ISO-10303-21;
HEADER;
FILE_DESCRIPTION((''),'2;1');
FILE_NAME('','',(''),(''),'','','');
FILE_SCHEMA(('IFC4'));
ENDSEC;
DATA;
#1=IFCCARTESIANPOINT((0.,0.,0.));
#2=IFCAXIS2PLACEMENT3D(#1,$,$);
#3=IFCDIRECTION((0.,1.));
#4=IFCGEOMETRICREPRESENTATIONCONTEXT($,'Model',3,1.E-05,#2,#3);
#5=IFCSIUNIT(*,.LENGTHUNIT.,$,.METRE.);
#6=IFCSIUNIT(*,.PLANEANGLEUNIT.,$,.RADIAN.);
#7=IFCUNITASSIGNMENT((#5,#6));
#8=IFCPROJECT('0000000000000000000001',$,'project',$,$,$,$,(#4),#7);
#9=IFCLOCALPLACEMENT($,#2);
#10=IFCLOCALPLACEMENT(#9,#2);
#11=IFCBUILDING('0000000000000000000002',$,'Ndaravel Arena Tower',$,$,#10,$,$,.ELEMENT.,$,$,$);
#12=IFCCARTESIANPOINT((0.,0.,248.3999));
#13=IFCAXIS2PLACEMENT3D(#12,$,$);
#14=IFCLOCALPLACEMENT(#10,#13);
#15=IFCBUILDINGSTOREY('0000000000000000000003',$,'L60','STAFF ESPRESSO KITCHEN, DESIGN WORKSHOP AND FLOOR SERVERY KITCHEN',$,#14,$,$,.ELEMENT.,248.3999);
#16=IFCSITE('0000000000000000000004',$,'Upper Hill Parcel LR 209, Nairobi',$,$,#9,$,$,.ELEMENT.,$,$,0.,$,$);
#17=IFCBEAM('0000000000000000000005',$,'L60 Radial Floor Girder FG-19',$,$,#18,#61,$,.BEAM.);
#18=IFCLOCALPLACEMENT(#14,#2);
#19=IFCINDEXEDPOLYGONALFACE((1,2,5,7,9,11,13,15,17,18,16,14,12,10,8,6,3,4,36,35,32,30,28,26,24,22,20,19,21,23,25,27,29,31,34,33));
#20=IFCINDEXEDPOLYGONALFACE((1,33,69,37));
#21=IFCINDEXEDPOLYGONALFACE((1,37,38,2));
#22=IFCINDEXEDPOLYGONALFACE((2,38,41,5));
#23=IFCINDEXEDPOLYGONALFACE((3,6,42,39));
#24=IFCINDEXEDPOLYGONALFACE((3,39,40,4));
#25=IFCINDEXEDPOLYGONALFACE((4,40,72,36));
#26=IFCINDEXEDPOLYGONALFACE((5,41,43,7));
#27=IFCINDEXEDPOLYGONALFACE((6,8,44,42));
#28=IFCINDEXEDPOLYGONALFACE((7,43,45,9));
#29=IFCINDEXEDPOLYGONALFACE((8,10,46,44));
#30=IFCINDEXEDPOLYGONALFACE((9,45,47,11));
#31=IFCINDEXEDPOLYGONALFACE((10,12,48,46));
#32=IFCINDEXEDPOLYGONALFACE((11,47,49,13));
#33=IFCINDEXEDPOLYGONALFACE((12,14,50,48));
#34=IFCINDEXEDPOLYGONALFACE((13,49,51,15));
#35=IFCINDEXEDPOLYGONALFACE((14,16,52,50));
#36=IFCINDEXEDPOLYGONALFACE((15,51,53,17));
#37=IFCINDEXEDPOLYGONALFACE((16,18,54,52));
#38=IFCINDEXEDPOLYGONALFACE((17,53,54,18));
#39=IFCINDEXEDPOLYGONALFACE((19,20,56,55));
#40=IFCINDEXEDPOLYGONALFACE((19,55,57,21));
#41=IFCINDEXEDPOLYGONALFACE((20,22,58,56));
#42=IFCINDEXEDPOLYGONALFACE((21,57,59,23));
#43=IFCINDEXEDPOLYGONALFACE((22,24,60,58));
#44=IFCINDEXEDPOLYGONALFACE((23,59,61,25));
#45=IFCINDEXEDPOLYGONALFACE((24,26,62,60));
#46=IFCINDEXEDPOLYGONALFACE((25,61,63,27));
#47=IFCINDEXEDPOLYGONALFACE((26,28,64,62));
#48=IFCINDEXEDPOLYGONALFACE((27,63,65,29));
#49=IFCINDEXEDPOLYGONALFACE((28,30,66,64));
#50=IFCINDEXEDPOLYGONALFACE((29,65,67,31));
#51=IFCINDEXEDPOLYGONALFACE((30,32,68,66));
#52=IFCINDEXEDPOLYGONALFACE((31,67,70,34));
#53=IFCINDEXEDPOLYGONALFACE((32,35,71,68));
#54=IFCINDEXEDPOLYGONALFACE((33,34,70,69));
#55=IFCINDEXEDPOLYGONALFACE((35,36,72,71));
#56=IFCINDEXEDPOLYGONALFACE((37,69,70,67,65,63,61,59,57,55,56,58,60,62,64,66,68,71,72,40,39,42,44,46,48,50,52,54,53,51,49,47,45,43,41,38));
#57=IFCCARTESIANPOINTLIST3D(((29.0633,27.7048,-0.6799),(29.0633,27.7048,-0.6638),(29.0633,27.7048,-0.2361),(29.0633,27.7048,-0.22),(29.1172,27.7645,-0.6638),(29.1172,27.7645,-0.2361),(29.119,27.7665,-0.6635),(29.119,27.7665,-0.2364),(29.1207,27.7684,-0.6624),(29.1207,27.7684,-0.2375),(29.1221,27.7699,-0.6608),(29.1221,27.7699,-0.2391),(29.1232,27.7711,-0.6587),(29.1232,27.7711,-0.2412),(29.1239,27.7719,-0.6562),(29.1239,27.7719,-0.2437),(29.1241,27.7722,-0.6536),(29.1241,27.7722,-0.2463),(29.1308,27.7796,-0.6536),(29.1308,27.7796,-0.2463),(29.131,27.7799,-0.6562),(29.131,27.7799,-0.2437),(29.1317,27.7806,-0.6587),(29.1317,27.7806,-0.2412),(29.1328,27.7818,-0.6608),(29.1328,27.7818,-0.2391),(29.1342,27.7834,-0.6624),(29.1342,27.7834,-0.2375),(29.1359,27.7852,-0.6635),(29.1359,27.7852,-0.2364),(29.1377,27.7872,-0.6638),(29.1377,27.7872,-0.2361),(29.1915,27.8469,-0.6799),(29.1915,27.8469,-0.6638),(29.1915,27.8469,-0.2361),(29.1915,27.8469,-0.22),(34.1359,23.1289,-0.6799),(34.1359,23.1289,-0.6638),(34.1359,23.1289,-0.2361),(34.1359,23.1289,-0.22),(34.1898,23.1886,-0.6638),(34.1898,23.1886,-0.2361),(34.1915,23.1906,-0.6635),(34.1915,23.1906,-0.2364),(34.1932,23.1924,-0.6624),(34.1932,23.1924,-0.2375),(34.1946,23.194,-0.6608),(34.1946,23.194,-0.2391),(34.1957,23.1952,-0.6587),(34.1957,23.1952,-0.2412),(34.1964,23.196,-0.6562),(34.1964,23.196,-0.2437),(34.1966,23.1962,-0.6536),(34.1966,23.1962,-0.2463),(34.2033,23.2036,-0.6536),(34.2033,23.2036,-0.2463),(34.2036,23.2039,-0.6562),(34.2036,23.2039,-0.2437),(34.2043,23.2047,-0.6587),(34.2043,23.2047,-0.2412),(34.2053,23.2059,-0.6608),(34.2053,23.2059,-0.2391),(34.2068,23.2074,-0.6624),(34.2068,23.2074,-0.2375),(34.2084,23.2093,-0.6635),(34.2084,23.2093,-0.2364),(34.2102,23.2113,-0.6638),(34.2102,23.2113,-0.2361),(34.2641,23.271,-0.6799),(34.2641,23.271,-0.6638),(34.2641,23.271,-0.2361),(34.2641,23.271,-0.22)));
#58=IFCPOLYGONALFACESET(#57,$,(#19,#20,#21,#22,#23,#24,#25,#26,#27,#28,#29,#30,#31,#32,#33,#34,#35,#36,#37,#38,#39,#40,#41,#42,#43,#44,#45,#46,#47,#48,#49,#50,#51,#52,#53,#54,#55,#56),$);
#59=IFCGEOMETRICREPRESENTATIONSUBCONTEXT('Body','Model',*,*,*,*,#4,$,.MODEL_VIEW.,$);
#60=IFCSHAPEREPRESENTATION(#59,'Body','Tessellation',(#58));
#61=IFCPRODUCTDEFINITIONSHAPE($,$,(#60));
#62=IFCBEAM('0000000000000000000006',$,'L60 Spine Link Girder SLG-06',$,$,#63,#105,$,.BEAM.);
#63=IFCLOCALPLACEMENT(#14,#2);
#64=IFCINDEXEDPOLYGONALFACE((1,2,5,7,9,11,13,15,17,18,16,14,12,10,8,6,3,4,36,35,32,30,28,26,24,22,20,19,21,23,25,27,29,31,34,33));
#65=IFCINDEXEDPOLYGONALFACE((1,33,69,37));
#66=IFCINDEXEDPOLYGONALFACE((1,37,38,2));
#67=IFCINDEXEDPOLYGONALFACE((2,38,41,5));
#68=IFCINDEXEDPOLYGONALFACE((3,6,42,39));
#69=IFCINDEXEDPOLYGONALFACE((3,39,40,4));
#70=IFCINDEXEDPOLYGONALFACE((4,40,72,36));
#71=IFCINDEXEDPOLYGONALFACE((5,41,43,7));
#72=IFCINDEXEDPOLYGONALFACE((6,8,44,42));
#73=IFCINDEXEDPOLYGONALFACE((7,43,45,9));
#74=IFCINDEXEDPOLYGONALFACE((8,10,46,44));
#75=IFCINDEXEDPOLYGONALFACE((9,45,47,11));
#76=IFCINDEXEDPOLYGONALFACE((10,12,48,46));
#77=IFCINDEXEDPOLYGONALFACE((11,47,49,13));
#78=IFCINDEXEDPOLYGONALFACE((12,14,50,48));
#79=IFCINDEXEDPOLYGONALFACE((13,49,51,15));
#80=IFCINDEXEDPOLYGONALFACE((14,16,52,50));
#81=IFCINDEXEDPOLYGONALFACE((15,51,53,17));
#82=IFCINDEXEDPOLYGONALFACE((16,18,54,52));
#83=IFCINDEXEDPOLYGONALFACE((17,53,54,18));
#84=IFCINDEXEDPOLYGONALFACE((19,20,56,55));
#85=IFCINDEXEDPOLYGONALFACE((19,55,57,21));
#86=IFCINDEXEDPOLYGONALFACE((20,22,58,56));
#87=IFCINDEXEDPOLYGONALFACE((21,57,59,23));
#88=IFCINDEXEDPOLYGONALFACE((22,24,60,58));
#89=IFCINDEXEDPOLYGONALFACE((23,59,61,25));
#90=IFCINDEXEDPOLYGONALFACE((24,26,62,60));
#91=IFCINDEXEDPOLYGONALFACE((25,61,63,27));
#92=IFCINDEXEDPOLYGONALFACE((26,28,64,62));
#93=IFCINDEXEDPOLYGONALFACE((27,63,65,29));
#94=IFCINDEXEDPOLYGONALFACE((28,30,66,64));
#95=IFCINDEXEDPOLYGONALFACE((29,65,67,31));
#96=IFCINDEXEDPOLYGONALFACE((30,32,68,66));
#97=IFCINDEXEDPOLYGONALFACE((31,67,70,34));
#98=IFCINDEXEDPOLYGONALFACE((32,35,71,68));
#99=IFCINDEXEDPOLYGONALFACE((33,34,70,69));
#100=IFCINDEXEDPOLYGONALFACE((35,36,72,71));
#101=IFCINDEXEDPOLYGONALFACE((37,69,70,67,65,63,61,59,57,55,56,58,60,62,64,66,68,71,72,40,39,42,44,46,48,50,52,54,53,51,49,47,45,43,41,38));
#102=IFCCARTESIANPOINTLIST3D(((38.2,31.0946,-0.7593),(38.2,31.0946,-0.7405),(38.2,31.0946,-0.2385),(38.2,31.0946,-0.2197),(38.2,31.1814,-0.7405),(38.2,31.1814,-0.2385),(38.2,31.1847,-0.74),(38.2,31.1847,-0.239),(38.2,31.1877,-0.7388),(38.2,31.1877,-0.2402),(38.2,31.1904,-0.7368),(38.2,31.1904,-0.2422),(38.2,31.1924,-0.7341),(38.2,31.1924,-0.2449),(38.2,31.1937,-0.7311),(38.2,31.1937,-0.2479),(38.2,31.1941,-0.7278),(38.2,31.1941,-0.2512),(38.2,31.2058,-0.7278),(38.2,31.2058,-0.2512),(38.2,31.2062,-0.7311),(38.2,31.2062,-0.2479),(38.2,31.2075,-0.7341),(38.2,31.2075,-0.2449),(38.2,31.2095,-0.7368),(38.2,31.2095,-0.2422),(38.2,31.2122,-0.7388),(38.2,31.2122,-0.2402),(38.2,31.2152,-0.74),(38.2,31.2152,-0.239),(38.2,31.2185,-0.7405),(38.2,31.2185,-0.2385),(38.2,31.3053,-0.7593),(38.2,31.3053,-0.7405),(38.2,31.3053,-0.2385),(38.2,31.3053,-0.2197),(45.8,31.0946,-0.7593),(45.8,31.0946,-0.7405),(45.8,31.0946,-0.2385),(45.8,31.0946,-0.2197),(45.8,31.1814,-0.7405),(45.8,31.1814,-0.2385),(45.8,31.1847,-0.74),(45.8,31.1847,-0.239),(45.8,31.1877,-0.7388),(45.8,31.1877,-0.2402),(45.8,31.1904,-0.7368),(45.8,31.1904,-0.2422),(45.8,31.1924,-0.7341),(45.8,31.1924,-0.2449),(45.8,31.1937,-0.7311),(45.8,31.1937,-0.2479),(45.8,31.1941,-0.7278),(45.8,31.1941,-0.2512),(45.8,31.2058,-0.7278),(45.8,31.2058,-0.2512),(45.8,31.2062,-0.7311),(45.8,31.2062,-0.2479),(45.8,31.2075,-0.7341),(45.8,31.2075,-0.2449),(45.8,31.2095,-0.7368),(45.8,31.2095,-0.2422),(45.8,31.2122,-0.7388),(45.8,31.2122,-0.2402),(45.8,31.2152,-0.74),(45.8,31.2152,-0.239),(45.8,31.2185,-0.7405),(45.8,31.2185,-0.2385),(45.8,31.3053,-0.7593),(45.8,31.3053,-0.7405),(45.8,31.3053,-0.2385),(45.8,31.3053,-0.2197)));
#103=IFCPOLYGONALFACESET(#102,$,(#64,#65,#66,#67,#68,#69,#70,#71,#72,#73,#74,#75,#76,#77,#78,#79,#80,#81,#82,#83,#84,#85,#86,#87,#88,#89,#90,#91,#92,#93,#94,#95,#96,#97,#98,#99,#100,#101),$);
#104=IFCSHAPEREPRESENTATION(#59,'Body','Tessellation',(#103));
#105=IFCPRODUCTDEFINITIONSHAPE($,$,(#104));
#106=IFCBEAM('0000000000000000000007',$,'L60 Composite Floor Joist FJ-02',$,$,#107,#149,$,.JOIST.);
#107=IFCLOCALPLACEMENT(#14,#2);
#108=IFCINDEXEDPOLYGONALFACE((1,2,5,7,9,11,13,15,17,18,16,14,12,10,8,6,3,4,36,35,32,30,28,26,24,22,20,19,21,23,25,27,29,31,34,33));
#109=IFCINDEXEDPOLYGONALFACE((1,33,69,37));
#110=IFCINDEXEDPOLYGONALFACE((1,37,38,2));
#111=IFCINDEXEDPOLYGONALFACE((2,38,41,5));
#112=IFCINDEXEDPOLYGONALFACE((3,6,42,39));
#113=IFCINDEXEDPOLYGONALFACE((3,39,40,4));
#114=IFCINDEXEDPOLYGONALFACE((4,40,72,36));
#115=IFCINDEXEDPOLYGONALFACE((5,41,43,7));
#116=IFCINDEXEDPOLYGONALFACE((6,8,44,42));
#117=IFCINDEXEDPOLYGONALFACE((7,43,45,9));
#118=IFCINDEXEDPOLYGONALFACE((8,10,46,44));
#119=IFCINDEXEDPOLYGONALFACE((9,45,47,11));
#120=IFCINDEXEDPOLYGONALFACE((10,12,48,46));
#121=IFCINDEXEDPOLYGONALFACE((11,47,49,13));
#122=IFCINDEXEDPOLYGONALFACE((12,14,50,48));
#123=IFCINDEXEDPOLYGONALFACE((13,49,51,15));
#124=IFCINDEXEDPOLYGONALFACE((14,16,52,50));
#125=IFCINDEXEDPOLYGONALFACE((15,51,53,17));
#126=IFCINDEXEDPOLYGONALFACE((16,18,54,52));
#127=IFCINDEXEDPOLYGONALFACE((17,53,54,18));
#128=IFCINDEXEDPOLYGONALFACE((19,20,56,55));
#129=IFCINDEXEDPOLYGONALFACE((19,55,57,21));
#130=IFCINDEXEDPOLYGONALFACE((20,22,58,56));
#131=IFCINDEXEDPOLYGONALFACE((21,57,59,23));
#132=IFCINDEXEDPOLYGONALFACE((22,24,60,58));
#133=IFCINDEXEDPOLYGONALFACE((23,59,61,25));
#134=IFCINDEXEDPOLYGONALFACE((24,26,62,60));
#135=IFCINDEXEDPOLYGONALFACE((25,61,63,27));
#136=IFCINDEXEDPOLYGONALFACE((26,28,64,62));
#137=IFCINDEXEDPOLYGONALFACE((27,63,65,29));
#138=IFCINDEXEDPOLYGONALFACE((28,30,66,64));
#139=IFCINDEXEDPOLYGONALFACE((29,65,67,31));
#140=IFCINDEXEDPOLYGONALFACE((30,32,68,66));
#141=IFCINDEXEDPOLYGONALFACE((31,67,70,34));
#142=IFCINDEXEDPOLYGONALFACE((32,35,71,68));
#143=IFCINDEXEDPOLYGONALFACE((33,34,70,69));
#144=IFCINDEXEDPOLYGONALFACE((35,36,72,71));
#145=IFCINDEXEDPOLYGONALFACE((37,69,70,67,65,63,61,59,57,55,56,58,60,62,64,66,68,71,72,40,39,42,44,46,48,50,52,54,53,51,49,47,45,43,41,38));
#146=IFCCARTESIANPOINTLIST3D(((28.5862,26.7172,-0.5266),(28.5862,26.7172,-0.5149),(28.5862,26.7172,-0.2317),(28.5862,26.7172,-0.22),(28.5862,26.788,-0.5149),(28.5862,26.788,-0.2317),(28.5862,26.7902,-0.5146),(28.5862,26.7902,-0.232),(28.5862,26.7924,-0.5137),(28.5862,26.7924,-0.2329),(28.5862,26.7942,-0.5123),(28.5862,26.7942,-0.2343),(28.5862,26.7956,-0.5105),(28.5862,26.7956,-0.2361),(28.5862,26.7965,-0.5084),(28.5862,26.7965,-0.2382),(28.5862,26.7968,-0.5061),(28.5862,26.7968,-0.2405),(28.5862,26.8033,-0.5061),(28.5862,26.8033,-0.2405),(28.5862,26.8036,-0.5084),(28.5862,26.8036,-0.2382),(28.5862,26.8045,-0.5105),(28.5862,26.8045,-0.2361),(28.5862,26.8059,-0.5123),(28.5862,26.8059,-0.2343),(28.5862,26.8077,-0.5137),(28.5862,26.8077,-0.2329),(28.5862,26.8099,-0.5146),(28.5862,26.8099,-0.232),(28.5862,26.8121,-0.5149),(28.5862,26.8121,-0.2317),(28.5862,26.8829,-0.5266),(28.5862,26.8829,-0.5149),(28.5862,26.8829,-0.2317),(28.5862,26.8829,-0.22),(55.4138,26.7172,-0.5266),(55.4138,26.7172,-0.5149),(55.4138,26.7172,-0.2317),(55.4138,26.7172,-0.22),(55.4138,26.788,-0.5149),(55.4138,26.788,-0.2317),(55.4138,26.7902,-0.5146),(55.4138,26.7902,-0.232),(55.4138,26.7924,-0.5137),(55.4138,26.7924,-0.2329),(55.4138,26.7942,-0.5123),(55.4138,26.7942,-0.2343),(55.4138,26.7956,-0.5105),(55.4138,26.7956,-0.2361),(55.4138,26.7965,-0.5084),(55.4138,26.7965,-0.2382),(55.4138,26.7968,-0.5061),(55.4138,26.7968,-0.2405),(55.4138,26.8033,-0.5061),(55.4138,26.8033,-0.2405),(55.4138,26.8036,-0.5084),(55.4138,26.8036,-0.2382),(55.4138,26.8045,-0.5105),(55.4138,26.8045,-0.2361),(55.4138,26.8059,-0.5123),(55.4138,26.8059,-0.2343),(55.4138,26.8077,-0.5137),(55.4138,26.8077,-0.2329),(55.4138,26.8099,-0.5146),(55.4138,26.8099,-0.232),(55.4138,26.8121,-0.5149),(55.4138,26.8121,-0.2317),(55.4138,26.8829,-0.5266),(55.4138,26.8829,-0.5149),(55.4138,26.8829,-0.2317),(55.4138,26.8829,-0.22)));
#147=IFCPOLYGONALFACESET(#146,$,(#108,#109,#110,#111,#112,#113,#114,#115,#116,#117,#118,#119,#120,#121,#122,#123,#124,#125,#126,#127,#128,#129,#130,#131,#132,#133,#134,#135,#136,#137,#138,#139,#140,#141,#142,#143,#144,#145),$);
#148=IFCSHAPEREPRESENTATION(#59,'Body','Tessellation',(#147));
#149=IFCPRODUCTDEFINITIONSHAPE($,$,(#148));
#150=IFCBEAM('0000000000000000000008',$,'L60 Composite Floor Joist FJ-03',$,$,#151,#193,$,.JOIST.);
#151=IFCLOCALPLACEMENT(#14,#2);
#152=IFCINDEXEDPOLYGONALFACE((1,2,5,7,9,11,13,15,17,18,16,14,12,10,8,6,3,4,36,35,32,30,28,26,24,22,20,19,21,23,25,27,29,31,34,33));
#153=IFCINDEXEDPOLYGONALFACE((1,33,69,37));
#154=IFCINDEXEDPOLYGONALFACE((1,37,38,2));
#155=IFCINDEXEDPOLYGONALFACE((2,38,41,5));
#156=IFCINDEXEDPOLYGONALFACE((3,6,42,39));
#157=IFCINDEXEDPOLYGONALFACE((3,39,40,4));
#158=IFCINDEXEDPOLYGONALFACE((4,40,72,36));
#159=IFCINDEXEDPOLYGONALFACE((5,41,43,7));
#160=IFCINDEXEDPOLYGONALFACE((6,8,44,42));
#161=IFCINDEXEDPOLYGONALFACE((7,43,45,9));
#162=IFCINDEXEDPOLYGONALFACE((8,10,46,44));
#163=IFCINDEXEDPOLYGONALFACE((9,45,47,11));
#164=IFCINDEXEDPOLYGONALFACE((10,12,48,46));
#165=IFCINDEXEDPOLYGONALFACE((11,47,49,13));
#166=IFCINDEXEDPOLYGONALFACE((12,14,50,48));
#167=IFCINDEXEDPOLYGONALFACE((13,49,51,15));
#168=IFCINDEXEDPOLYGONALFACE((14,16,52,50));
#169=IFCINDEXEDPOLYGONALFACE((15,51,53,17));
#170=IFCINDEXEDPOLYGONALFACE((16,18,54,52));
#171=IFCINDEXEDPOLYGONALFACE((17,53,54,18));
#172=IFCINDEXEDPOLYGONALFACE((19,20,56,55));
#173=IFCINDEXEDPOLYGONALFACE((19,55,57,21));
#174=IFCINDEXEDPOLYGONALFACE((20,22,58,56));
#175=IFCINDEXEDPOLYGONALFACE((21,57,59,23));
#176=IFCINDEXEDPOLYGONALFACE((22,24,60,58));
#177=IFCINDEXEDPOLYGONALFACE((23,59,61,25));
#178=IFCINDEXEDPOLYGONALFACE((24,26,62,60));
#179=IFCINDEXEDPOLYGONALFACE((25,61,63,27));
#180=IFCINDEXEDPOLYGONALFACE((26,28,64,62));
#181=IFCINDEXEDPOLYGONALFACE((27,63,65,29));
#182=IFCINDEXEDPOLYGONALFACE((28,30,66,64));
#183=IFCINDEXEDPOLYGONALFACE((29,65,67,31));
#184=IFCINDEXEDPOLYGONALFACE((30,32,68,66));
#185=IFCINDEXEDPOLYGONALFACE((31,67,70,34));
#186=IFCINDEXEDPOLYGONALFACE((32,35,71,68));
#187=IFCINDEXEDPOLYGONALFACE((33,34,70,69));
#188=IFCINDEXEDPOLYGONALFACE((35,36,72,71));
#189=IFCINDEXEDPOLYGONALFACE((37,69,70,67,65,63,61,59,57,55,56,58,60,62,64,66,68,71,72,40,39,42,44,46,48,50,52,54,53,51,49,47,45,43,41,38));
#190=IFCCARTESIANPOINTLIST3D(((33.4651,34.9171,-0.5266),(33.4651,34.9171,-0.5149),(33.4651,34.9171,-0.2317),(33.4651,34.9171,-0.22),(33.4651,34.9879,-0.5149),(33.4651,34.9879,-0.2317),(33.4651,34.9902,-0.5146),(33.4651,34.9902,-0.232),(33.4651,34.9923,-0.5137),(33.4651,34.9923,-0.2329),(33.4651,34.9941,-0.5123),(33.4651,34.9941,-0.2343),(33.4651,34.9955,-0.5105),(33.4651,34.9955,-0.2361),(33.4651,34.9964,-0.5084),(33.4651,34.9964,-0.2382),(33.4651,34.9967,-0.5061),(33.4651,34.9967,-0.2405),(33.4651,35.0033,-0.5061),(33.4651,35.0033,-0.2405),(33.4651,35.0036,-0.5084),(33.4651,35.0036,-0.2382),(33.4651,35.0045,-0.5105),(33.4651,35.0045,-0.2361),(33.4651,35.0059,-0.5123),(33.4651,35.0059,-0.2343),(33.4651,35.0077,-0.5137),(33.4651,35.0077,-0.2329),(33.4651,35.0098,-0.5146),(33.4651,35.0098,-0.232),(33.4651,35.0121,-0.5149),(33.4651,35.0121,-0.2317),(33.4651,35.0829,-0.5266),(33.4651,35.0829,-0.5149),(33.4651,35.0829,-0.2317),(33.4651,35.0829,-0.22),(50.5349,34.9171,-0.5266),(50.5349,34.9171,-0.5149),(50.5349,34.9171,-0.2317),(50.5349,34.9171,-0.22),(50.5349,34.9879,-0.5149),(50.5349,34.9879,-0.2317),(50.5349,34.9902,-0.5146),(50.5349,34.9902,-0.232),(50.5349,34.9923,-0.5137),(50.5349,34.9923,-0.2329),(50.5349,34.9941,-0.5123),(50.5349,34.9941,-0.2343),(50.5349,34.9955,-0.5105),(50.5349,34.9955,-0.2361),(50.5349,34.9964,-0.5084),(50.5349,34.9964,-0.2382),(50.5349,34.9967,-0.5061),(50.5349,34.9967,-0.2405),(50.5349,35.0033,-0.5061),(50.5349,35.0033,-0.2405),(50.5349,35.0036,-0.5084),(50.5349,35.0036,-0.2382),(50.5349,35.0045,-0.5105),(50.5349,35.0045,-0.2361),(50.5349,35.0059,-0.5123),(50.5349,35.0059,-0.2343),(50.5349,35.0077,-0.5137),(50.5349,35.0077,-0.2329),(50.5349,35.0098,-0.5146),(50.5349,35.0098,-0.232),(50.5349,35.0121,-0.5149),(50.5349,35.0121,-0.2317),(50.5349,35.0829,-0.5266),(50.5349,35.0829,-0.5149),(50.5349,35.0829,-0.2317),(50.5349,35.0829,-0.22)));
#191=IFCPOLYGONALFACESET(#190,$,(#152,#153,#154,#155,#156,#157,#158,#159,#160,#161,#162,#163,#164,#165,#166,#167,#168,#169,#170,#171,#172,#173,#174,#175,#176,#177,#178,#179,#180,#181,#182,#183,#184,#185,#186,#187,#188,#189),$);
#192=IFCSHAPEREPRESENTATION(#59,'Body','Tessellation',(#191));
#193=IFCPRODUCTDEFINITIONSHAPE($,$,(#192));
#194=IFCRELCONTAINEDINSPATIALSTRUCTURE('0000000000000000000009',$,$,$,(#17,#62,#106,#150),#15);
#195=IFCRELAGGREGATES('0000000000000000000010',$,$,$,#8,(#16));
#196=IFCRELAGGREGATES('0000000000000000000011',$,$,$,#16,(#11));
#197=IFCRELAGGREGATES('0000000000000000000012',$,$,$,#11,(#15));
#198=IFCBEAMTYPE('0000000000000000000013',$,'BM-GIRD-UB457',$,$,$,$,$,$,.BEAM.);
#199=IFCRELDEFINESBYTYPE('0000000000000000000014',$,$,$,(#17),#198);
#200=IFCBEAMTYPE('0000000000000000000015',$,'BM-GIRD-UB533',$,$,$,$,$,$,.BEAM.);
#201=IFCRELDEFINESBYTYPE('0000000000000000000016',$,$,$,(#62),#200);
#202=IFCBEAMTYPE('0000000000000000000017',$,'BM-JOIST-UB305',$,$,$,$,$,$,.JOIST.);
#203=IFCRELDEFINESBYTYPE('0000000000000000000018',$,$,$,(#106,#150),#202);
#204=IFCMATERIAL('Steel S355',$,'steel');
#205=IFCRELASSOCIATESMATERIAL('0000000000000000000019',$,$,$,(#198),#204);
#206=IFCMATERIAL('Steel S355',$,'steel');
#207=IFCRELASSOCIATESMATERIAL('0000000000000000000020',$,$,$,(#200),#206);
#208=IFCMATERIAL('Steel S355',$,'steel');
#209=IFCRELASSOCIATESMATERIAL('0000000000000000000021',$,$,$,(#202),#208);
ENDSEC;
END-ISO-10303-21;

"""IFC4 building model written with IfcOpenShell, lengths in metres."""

from ifc_helpers import new_model, si_unit, direction, frame, origin, origin_2d, place, context, subcontext, project, spatial, i_section, extrude, material, material_profile, profile_set, type_object, element, save


model = new_model("IFC4")

# Units and contexts
model_context = context("Model", 3, precision=1e-05, world=origin(), true_north=direction((0.0, 1.0)))
body_context = subcontext(model_context, "Body", "Model", "MODEL_VIEW")
ifc_project = project(units=[si_unit("LENGTHUNIT", "METRE"), si_unit("PLANEANGLEUNIT", "RADIAN")], contexts=[model_context])

# Site, building, storey
site_placement = place(None, origin())
site = spatial("IfcSite", under=ifc_project, at=site_placement, Name="Upper Hill Parcel LR 209, Nairobi", CompositionType="ELEMENT", RefElevation=0.0)
building_placement = place(site_placement, origin())
building = spatial("IfcBuilding", under=site, at=building_placement, Name="Ndaravel Arena Tower", CompositionType="ELEMENT")
storey_placement = place(building_placement, frame((0.0, 0.0, 248.3999)))
storey = spatial("IfcBuildingStorey", under=building, at=storey_placement, Name="L60", Description="STAFF ESPRESSO KITCHEN, DESIGN WORKSHOP AND FLOOR SERVERY KITCHEN", CompositionType="ELEMENT", Elevation=248.3999)

# Beams
ifc_material_1 = material(Name="Steel S355", Category="steel")
ifc_material_profile_1 = material_profile(ifc_material_1, i_section(OverallWidth=0.1914, OverallDepth=0.46, WebThickness=0.01, FlangeThickness=0.0161, FilletRadius=0.0103, at=origin_2d()), Name="UB 457x191x82")
ifc_profile_set_1 = profile_set([ifc_material_profile_1], Name="Steel S355")
beam_type_1 = type_object("IfcBeamType", Name="BM-GIRD-UB457", PredefinedType="BEAM", material=ifc_profile_set_1)
beam_1_placement = place(storey_placement, frame((29.1274, 27.7759, -0.45), z_axis=(0.742517, -0.669827, 0.0), x_axis=(0.669827, 0.742517, 0.0)))
element("IfcBeam", 1, at=beam_1_placement, inside=storey, type_object=beam_type_1, Name="L60 Radial Floor Girder FG-19", PredefinedType="BEAM", context=body_context, shape_type="SweptSolid", body=[
    extrude(i_section(OverallWidth=0.1914, OverallDepth=0.46, WebThickness=0.01, FlangeThickness=0.0161, FilletRadius=0.0103, at=origin_2d()), origin(), (0.0, 0.0, 1.0), 6.8315),
])
ifc_material_2 = material(Name="Steel S355", Category="steel")
ifc_material_profile_2 = material_profile(ifc_material_2, i_section(OverallWidth=0.2107, OverallDepth=0.5396, WebThickness=0.0117, FlangeThickness=0.0188, FilletRadius=0.0127, at=origin_2d()), Name="UB 533x210x109")
ifc_profile_set_2 = profile_set([ifc_material_profile_2], Name="Steel S355")
beam_type_2 = type_object("IfcBeamType", Name="BM-GIRD-UB533", PredefinedType="BEAM", material=ifc_profile_set_2)
beam_2_placement = place(storey_placement, frame((38.2, 31.2, -0.4895), z_axis=(1.0, 0.0, 0.0), x_axis=(0.0, 1.0, 0.0)))
element("IfcBeam", 2, at=beam_2_placement, inside=storey, type_object=beam_type_2, Name="L60 Spine Link Girder SLG-06", PredefinedType="BEAM", context=body_context, shape_type="SweptSolid", body=[
    extrude(i_section(OverallWidth=0.2107, OverallDepth=0.5396, WebThickness=0.0117, FlangeThickness=0.0188, FilletRadius=0.0127, at=origin_2d()), origin(), (0.0, 0.0, 1.0), 7.6001),
])
ifc_material_3 = material(Name="Steel S355", Category="steel")
ifc_material_profile_3 = material_profile(ifc_material_3, i_section(OverallWidth=0.1658, OverallDepth=0.3066, WebThickness=0.0066, FlangeThickness=0.0117, FilletRadius=0.0088, at=origin_2d()), Name="UB 305x165x46")
ifc_profile_set_3 = profile_set([ifc_material_profile_3], Name="Steel S355")
beam_type_3 = type_object("IfcBeamType", Name="BM-JOIST-UB305", PredefinedType="JOIST", material=ifc_profile_set_3)
beam_3_placement = place(storey_placement, frame((28.5862, 26.8, -0.3733), z_axis=(1.0, 0.0, 0.0), x_axis=(0.0, 1.0, 0.0)))
element("IfcBeam", 3, at=beam_3_placement, inside=storey, type_object=beam_type_3, Name="L60 Composite Floor Joist FJ-02", PredefinedType="JOIST", context=body_context, shape_type="SweptSolid", body=[
    extrude(i_section(OverallWidth=0.1658, OverallDepth=0.3066, WebThickness=0.0066, FlangeThickness=0.0117, FilletRadius=0.0088, at=origin_2d()), origin(), (0.0, 0.0, 1.0), 26.8276),
])
beam_4_placement = place(storey_placement, frame((33.4651, 35.0, -0.3733), z_axis=(1.0, 0.0, 0.0), x_axis=(0.0, 1.0, 0.0)))
element("IfcBeam", 4, at=beam_4_placement, inside=storey, type_object=beam_type_3, Name="L60 Composite Floor Joist FJ-03", PredefinedType="JOIST", context=body_context, shape_type="SweptSolid", body=[
    extrude(i_section(OverallWidth=0.1658, OverallDepth=0.3066, WebThickness=0.0066, FlangeThickness=0.0117, FilletRadius=0.0088, at=origin_2d()), origin(), (0.0, 0.0, 1.0), 17.0698),
])

save(model, "model.ifc")
